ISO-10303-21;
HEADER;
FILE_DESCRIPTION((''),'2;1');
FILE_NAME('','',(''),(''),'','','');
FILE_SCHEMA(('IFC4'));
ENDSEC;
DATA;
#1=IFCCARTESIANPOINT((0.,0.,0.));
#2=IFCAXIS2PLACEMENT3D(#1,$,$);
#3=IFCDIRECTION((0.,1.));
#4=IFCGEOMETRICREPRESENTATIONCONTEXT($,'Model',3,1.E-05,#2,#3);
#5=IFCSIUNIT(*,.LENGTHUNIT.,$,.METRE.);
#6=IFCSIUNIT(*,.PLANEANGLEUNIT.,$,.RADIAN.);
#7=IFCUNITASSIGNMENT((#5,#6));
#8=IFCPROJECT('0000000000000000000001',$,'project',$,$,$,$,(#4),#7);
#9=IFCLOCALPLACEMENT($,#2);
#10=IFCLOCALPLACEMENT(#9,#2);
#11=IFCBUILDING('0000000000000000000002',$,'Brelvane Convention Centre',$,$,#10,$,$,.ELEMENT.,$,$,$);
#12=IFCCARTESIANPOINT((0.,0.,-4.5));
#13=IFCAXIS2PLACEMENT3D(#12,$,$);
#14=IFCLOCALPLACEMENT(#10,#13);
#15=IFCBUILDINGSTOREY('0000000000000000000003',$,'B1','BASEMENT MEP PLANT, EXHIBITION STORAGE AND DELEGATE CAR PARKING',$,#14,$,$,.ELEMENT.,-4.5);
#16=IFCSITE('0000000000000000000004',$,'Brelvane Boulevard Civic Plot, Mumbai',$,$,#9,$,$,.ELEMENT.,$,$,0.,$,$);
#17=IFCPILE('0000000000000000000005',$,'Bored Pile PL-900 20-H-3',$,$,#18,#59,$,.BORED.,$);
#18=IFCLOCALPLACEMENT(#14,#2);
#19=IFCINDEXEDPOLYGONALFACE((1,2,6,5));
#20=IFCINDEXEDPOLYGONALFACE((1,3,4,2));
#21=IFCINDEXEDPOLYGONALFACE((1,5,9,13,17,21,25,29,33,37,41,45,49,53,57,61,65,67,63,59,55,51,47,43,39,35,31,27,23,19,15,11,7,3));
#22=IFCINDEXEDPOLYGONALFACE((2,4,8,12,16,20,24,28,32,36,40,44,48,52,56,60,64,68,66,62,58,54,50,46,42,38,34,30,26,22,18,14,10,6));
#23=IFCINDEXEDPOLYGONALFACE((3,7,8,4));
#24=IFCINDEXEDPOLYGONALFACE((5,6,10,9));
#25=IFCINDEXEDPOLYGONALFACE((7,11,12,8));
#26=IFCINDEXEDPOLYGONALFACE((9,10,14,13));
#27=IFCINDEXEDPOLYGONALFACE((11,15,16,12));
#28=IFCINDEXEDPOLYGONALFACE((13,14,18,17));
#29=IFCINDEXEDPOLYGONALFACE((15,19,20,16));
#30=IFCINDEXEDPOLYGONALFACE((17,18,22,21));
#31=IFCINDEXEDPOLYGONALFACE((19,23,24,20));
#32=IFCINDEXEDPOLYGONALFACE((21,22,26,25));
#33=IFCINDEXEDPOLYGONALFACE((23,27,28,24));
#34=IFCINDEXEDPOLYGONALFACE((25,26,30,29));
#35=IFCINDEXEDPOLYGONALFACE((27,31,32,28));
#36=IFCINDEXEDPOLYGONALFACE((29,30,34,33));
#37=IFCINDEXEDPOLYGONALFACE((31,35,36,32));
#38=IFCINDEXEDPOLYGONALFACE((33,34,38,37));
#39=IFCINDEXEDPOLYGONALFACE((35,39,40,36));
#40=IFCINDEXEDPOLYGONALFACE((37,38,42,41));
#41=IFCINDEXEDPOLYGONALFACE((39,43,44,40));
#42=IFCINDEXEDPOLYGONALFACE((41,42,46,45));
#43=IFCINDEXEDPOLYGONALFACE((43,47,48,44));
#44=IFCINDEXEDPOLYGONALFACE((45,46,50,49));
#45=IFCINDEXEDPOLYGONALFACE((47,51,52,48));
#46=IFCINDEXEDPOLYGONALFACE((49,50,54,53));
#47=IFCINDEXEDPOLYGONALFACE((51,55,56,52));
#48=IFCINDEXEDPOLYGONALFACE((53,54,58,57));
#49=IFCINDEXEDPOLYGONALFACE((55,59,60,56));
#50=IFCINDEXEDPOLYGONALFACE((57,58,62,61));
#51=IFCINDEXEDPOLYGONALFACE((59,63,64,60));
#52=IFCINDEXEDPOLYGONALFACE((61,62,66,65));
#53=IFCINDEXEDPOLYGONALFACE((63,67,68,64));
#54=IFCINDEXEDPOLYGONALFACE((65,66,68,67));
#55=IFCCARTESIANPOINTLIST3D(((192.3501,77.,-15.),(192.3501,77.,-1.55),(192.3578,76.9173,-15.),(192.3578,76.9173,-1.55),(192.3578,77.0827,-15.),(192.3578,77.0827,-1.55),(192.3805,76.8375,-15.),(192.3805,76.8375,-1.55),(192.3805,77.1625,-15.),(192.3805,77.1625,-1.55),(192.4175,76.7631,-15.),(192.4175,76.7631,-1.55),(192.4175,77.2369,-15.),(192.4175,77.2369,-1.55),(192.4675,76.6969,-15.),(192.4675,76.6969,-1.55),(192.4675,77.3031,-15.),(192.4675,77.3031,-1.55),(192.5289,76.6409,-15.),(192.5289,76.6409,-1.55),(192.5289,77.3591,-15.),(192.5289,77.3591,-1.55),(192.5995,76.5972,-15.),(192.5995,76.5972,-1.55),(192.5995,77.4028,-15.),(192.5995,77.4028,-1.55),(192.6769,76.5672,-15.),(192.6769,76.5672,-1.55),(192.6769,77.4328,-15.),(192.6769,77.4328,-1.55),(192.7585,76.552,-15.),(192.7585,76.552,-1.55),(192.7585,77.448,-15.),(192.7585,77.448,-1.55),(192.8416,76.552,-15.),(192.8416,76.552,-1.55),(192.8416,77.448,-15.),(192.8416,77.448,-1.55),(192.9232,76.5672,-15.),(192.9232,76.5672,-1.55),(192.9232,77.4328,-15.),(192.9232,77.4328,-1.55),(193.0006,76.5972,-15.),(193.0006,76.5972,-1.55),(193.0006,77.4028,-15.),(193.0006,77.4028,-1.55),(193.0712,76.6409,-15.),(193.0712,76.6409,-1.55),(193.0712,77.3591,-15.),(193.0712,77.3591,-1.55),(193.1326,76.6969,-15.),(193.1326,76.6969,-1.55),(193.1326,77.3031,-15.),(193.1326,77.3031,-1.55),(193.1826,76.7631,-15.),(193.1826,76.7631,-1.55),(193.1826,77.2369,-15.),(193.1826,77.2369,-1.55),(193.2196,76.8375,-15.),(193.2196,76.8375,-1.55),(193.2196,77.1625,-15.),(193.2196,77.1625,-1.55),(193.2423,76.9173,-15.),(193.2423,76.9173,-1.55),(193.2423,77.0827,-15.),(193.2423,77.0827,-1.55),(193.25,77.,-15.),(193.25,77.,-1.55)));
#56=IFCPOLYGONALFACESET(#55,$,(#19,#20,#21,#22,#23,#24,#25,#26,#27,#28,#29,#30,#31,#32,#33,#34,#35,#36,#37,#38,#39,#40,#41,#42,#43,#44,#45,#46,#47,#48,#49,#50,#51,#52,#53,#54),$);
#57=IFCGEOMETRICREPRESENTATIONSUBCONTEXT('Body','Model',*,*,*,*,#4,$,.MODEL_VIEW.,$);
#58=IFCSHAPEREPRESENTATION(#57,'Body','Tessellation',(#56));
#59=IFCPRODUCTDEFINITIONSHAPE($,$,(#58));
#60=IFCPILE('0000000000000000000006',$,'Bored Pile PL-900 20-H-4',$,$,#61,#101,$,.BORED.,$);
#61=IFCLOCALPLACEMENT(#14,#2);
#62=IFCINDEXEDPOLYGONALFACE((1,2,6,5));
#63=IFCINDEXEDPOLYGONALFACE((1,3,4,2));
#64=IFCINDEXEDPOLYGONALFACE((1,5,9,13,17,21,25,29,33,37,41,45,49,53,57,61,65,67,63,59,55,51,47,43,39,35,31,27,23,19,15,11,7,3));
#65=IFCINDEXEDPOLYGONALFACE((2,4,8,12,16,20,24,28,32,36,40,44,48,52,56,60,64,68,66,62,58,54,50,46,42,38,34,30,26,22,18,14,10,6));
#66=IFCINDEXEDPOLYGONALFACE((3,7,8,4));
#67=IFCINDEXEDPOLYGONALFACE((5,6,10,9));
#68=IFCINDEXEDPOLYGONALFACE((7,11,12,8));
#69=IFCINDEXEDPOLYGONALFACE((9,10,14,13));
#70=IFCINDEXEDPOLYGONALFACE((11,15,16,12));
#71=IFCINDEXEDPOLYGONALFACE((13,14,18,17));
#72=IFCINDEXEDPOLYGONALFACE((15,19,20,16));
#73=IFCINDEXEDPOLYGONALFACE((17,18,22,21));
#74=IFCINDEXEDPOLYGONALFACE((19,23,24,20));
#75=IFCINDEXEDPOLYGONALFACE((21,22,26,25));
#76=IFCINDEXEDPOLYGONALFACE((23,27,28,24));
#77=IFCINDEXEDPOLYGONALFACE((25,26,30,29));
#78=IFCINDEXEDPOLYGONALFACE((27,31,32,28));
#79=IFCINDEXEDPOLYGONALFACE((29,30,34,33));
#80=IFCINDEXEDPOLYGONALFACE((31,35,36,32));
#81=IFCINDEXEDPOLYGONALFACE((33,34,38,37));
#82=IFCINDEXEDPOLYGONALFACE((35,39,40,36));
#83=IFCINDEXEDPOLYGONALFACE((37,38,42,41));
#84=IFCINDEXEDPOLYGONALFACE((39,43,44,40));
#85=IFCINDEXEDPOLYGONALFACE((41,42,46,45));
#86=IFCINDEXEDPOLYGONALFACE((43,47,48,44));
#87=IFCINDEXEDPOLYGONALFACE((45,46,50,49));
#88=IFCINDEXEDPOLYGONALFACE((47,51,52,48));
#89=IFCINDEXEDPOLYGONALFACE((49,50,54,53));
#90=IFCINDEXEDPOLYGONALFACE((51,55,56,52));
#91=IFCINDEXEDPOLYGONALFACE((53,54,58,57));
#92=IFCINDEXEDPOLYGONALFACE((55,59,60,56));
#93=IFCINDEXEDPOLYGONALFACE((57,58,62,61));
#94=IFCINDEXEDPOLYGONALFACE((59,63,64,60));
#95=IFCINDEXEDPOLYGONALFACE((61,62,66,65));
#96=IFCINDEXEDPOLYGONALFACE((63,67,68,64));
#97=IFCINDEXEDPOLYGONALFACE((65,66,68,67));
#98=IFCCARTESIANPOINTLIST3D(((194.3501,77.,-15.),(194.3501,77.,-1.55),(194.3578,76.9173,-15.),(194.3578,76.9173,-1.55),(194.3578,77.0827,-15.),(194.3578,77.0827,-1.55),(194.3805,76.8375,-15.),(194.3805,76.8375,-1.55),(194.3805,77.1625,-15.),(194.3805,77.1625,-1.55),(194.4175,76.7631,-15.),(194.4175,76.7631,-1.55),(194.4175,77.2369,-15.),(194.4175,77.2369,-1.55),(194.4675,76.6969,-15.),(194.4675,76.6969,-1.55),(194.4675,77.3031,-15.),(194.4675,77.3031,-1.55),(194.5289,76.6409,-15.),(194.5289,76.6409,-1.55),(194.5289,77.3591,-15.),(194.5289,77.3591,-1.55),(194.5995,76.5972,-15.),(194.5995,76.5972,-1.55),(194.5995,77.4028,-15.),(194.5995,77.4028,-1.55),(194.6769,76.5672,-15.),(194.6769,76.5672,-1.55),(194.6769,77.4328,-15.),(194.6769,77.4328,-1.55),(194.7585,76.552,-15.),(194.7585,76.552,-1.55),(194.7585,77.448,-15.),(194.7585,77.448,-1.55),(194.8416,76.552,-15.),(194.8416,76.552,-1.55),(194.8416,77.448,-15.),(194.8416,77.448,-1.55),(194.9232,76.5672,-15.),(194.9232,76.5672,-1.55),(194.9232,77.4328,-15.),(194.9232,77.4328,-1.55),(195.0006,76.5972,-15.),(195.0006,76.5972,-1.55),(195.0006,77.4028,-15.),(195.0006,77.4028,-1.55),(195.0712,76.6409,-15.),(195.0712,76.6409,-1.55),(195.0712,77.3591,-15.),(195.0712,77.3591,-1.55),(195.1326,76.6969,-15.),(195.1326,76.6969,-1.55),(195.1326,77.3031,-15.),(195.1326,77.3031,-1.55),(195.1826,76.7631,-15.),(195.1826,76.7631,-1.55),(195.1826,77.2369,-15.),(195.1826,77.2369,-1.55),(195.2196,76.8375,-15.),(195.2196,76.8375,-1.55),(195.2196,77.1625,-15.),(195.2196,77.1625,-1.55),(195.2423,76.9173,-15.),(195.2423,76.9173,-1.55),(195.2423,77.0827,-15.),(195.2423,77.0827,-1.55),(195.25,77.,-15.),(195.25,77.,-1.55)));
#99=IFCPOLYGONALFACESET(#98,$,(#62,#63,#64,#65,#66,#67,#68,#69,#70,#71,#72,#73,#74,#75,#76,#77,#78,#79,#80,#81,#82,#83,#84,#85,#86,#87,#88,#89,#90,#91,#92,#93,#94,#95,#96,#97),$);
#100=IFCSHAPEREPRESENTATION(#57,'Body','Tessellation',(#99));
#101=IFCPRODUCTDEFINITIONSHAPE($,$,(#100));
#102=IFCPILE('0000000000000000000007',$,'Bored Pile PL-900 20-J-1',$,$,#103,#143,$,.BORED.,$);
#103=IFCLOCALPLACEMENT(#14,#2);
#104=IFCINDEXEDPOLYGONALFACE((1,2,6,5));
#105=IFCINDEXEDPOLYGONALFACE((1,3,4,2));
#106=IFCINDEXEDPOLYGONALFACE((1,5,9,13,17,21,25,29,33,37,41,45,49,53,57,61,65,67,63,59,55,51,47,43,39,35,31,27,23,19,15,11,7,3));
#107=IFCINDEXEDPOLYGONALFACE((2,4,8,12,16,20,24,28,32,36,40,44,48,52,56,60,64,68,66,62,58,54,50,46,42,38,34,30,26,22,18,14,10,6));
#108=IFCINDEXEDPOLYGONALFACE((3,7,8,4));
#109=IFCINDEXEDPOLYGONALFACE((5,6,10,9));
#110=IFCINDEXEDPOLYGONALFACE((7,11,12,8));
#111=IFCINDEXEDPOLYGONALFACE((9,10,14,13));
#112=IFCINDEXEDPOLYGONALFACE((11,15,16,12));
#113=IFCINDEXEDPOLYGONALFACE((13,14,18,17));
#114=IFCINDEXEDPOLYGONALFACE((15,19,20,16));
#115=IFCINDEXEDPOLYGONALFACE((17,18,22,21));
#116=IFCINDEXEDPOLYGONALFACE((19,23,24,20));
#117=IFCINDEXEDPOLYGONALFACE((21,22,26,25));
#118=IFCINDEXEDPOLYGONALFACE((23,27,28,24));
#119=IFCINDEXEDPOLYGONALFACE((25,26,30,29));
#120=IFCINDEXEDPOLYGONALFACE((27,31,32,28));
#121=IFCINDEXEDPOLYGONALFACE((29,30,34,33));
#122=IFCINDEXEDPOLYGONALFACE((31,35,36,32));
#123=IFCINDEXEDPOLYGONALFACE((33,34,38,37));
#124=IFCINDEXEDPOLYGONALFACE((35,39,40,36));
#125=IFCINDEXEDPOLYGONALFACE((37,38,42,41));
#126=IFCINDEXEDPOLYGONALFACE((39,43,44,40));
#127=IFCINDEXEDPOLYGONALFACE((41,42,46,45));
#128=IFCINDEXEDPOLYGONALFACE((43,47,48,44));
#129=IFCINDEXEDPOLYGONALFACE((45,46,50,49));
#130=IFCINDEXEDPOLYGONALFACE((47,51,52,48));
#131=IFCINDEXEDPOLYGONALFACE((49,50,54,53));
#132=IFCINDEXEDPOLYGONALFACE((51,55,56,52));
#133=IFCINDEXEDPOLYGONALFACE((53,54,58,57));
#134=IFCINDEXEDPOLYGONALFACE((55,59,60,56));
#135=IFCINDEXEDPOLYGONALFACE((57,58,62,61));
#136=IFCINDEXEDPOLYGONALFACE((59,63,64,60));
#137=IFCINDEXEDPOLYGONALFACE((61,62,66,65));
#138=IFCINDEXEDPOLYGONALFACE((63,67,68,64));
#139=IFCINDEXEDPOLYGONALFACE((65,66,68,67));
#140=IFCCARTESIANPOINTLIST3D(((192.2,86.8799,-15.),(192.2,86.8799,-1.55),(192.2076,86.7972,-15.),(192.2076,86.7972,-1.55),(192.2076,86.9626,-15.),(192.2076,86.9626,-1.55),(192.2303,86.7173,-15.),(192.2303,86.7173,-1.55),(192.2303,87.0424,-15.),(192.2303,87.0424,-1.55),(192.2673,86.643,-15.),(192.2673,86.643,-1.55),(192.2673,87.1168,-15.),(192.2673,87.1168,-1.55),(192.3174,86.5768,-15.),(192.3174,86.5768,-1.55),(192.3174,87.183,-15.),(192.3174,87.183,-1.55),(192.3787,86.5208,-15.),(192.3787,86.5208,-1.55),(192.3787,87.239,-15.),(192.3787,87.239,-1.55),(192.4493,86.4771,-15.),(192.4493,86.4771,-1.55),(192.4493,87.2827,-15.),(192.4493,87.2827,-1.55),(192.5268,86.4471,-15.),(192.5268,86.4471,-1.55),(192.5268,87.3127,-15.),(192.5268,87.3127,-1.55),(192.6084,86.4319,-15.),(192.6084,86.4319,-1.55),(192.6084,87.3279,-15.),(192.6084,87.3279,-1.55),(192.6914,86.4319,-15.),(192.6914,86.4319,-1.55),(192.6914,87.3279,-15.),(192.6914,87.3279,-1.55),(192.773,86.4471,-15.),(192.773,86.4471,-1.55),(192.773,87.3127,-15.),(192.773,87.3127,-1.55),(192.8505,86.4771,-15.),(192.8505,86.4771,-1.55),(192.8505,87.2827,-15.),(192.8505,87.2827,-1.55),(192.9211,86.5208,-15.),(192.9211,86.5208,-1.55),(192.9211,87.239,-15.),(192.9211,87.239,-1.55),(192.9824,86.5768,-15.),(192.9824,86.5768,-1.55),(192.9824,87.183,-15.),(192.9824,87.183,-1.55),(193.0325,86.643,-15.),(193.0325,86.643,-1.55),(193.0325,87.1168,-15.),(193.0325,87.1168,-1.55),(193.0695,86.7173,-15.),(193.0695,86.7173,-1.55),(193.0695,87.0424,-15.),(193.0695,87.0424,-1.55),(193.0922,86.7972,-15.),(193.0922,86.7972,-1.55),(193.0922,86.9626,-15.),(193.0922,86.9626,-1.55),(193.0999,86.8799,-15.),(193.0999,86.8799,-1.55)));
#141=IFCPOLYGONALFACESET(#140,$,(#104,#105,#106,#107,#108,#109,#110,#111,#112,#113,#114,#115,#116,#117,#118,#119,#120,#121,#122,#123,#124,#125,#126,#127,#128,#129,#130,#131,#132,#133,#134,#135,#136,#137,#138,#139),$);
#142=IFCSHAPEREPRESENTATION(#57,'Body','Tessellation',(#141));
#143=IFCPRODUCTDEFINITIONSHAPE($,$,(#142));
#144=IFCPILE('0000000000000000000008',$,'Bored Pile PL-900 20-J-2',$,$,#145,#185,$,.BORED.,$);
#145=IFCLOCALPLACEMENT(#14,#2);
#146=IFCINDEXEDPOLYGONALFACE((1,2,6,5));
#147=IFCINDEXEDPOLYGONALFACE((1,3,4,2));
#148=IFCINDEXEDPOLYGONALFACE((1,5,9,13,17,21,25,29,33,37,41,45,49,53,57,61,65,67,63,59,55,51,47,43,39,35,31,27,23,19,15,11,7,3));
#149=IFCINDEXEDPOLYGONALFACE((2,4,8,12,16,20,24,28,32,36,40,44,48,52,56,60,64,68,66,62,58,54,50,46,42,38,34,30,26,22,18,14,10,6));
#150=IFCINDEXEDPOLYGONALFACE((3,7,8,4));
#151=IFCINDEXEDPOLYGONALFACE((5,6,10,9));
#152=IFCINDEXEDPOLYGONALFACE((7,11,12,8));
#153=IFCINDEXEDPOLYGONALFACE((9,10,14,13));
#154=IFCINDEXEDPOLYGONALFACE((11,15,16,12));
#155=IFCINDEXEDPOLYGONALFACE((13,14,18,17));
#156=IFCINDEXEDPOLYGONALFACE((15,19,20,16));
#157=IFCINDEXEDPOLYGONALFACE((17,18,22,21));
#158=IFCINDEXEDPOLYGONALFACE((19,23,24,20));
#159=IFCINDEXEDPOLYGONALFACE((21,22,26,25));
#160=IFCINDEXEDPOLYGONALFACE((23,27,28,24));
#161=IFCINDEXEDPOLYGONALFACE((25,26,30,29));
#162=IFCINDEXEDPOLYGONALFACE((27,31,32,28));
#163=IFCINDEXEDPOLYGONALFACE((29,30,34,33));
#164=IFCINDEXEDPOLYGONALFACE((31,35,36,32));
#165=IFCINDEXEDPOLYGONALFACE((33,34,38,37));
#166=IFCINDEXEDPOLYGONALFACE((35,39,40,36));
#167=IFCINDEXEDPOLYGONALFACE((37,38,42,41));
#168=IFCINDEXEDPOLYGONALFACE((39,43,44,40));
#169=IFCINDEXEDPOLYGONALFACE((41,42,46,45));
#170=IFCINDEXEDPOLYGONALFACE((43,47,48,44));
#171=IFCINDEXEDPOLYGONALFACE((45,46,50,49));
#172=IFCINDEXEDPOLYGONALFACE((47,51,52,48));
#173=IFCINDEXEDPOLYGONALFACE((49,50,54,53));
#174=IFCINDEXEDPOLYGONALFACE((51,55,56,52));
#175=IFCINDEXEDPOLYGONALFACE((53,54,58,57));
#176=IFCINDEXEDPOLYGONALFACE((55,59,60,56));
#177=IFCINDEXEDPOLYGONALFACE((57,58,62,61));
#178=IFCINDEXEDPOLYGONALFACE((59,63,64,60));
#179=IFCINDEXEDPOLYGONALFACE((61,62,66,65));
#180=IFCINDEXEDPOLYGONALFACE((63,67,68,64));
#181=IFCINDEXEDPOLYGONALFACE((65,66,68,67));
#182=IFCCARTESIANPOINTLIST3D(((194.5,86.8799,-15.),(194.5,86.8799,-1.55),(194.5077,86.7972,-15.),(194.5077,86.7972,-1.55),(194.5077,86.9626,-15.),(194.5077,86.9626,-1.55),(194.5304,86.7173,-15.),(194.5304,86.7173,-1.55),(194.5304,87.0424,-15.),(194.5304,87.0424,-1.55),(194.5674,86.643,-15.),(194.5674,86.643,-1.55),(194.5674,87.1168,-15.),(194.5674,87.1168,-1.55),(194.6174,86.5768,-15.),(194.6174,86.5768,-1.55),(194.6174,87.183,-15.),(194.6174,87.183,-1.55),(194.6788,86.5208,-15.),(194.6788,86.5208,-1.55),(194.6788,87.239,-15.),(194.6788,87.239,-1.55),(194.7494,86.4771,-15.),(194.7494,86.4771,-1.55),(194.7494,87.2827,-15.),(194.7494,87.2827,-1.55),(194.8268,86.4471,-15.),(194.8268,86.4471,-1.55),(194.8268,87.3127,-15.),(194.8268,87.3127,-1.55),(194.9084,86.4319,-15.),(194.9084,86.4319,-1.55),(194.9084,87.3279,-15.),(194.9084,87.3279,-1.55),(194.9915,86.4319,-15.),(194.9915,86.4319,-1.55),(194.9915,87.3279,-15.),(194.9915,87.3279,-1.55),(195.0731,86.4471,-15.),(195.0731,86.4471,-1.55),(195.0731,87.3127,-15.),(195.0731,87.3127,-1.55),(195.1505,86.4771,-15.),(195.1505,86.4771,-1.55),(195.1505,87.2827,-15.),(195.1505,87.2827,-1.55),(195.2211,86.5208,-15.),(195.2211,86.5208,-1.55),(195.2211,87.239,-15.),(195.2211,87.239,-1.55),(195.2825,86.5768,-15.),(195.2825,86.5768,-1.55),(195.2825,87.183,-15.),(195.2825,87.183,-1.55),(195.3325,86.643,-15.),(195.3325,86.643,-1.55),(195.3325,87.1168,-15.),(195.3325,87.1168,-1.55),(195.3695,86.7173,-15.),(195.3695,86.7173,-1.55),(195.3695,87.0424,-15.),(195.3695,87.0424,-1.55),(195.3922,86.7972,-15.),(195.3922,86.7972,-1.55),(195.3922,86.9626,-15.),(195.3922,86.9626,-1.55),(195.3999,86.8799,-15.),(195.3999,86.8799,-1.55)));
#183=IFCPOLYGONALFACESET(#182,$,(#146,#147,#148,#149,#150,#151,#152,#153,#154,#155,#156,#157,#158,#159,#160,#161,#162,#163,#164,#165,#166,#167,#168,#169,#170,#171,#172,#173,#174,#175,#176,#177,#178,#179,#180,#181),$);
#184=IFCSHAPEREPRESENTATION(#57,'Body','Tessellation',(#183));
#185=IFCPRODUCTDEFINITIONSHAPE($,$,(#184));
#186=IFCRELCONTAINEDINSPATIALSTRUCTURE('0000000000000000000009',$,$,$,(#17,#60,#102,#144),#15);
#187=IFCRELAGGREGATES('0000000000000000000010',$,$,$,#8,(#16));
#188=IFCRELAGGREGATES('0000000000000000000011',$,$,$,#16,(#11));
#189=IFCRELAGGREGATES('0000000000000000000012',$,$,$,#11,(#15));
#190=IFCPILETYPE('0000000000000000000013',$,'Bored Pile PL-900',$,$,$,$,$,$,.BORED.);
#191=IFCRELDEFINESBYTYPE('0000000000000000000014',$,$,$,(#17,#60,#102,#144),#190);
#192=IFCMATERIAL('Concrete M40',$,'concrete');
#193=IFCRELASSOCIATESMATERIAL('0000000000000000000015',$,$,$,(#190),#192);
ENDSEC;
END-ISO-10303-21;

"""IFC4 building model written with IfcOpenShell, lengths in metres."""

from ifc_helpers import new_model, si_unit, direction, frame, origin, origin_2d, place, context, subcontext, project, spatial, circle, extrude, material, material_profile, profile_set, type_object, element, save


model = new_model("IFC4")

# Units and contexts
model_context = context("Model", 3, precision=1e-05, world=origin(), true_north=direction((0.0, 1.0)))
body_context = subcontext(model_context, "Body", "Model", "MODEL_VIEW")
ifc_project = project(units=[si_unit("LENGTHUNIT", "METRE"), si_unit("PLANEANGLEUNIT", "RADIAN")], contexts=[model_context])

# Site, building, storey
site_placement = place(None, origin())
site = spatial("IfcSite", under=ifc_project, at=site_placement, Name="Brelvane Boulevard Civic Plot, Mumbai", CompositionType="ELEMENT", RefElevation=0.0)
building_placement = place(site_placement, origin())
building = spatial("IfcBuilding", under=site, at=building_placement, Name="Brelvane Convention Centre", CompositionType="ELEMENT")
storey_placement = place(building_placement, frame((0.0, 0.0, -4.5)))
storey = spatial("IfcBuildingStorey", under=building, at=storey_placement, Name="B1", Description="BASEMENT MEP PLANT, EXHIBITION STORAGE AND DELEGATE CAR PARKING", CompositionType="ELEMENT", Elevation=-4.5)

# Piles
ifc_material_1 = material(Name="Concrete M40", Category="concrete")
ifc_material_profile_1 = material_profile(ifc_material_1, circle(Radius=0.45, at=origin_2d()), Name="PILE D900")
ifc_profile_set_1 = profile_set([ifc_material_profile_1], Name="Concrete M40")
pile_type = type_object("IfcPileType", Name="Bored Pile PL-900", PredefinedType="BORED", material=ifc_profile_set_1)
for number, where, z_axis, x_axis, name in (
    (1, (192.8, 77.0, -1.55), (0.0, 0.0, -1.0), (1.0, 0.0, 0.0), "Bored Pile PL-900 20-H-3"),
    (2, (194.8, 77.0, -1.55), (0.0, 0.0, -1.0), (1.0, 0.0, 0.0), "Bored Pile PL-900 20-H-4"),
    (3, (192.6499, 86.8799, -1.55), (0.0, 0.0, -1.0), (1.0, 0.0, 0.0), "Bored Pile PL-900 20-J-1"),
    (4, (194.95, 86.8799, -1.55), (0.0, 0.0, -1.0), (1.0, 0.0, 0.0), "Bored Pile PL-900 20-J-2"),
):
    element("IfcPile", number, at=place(storey_placement, frame(where, z_axis=z_axis, x_axis=x_axis)), inside=storey, type_object=pile_type, Name=name, PredefinedType="BORED", context=body_context, shape_type="SweptSolid", body=[
        extrude(circle(Radius=0.45, at=origin_2d()), origin(), (0.0, 0.0, 1.0), 13.45),
    ])

save(model, "model.ifc")
